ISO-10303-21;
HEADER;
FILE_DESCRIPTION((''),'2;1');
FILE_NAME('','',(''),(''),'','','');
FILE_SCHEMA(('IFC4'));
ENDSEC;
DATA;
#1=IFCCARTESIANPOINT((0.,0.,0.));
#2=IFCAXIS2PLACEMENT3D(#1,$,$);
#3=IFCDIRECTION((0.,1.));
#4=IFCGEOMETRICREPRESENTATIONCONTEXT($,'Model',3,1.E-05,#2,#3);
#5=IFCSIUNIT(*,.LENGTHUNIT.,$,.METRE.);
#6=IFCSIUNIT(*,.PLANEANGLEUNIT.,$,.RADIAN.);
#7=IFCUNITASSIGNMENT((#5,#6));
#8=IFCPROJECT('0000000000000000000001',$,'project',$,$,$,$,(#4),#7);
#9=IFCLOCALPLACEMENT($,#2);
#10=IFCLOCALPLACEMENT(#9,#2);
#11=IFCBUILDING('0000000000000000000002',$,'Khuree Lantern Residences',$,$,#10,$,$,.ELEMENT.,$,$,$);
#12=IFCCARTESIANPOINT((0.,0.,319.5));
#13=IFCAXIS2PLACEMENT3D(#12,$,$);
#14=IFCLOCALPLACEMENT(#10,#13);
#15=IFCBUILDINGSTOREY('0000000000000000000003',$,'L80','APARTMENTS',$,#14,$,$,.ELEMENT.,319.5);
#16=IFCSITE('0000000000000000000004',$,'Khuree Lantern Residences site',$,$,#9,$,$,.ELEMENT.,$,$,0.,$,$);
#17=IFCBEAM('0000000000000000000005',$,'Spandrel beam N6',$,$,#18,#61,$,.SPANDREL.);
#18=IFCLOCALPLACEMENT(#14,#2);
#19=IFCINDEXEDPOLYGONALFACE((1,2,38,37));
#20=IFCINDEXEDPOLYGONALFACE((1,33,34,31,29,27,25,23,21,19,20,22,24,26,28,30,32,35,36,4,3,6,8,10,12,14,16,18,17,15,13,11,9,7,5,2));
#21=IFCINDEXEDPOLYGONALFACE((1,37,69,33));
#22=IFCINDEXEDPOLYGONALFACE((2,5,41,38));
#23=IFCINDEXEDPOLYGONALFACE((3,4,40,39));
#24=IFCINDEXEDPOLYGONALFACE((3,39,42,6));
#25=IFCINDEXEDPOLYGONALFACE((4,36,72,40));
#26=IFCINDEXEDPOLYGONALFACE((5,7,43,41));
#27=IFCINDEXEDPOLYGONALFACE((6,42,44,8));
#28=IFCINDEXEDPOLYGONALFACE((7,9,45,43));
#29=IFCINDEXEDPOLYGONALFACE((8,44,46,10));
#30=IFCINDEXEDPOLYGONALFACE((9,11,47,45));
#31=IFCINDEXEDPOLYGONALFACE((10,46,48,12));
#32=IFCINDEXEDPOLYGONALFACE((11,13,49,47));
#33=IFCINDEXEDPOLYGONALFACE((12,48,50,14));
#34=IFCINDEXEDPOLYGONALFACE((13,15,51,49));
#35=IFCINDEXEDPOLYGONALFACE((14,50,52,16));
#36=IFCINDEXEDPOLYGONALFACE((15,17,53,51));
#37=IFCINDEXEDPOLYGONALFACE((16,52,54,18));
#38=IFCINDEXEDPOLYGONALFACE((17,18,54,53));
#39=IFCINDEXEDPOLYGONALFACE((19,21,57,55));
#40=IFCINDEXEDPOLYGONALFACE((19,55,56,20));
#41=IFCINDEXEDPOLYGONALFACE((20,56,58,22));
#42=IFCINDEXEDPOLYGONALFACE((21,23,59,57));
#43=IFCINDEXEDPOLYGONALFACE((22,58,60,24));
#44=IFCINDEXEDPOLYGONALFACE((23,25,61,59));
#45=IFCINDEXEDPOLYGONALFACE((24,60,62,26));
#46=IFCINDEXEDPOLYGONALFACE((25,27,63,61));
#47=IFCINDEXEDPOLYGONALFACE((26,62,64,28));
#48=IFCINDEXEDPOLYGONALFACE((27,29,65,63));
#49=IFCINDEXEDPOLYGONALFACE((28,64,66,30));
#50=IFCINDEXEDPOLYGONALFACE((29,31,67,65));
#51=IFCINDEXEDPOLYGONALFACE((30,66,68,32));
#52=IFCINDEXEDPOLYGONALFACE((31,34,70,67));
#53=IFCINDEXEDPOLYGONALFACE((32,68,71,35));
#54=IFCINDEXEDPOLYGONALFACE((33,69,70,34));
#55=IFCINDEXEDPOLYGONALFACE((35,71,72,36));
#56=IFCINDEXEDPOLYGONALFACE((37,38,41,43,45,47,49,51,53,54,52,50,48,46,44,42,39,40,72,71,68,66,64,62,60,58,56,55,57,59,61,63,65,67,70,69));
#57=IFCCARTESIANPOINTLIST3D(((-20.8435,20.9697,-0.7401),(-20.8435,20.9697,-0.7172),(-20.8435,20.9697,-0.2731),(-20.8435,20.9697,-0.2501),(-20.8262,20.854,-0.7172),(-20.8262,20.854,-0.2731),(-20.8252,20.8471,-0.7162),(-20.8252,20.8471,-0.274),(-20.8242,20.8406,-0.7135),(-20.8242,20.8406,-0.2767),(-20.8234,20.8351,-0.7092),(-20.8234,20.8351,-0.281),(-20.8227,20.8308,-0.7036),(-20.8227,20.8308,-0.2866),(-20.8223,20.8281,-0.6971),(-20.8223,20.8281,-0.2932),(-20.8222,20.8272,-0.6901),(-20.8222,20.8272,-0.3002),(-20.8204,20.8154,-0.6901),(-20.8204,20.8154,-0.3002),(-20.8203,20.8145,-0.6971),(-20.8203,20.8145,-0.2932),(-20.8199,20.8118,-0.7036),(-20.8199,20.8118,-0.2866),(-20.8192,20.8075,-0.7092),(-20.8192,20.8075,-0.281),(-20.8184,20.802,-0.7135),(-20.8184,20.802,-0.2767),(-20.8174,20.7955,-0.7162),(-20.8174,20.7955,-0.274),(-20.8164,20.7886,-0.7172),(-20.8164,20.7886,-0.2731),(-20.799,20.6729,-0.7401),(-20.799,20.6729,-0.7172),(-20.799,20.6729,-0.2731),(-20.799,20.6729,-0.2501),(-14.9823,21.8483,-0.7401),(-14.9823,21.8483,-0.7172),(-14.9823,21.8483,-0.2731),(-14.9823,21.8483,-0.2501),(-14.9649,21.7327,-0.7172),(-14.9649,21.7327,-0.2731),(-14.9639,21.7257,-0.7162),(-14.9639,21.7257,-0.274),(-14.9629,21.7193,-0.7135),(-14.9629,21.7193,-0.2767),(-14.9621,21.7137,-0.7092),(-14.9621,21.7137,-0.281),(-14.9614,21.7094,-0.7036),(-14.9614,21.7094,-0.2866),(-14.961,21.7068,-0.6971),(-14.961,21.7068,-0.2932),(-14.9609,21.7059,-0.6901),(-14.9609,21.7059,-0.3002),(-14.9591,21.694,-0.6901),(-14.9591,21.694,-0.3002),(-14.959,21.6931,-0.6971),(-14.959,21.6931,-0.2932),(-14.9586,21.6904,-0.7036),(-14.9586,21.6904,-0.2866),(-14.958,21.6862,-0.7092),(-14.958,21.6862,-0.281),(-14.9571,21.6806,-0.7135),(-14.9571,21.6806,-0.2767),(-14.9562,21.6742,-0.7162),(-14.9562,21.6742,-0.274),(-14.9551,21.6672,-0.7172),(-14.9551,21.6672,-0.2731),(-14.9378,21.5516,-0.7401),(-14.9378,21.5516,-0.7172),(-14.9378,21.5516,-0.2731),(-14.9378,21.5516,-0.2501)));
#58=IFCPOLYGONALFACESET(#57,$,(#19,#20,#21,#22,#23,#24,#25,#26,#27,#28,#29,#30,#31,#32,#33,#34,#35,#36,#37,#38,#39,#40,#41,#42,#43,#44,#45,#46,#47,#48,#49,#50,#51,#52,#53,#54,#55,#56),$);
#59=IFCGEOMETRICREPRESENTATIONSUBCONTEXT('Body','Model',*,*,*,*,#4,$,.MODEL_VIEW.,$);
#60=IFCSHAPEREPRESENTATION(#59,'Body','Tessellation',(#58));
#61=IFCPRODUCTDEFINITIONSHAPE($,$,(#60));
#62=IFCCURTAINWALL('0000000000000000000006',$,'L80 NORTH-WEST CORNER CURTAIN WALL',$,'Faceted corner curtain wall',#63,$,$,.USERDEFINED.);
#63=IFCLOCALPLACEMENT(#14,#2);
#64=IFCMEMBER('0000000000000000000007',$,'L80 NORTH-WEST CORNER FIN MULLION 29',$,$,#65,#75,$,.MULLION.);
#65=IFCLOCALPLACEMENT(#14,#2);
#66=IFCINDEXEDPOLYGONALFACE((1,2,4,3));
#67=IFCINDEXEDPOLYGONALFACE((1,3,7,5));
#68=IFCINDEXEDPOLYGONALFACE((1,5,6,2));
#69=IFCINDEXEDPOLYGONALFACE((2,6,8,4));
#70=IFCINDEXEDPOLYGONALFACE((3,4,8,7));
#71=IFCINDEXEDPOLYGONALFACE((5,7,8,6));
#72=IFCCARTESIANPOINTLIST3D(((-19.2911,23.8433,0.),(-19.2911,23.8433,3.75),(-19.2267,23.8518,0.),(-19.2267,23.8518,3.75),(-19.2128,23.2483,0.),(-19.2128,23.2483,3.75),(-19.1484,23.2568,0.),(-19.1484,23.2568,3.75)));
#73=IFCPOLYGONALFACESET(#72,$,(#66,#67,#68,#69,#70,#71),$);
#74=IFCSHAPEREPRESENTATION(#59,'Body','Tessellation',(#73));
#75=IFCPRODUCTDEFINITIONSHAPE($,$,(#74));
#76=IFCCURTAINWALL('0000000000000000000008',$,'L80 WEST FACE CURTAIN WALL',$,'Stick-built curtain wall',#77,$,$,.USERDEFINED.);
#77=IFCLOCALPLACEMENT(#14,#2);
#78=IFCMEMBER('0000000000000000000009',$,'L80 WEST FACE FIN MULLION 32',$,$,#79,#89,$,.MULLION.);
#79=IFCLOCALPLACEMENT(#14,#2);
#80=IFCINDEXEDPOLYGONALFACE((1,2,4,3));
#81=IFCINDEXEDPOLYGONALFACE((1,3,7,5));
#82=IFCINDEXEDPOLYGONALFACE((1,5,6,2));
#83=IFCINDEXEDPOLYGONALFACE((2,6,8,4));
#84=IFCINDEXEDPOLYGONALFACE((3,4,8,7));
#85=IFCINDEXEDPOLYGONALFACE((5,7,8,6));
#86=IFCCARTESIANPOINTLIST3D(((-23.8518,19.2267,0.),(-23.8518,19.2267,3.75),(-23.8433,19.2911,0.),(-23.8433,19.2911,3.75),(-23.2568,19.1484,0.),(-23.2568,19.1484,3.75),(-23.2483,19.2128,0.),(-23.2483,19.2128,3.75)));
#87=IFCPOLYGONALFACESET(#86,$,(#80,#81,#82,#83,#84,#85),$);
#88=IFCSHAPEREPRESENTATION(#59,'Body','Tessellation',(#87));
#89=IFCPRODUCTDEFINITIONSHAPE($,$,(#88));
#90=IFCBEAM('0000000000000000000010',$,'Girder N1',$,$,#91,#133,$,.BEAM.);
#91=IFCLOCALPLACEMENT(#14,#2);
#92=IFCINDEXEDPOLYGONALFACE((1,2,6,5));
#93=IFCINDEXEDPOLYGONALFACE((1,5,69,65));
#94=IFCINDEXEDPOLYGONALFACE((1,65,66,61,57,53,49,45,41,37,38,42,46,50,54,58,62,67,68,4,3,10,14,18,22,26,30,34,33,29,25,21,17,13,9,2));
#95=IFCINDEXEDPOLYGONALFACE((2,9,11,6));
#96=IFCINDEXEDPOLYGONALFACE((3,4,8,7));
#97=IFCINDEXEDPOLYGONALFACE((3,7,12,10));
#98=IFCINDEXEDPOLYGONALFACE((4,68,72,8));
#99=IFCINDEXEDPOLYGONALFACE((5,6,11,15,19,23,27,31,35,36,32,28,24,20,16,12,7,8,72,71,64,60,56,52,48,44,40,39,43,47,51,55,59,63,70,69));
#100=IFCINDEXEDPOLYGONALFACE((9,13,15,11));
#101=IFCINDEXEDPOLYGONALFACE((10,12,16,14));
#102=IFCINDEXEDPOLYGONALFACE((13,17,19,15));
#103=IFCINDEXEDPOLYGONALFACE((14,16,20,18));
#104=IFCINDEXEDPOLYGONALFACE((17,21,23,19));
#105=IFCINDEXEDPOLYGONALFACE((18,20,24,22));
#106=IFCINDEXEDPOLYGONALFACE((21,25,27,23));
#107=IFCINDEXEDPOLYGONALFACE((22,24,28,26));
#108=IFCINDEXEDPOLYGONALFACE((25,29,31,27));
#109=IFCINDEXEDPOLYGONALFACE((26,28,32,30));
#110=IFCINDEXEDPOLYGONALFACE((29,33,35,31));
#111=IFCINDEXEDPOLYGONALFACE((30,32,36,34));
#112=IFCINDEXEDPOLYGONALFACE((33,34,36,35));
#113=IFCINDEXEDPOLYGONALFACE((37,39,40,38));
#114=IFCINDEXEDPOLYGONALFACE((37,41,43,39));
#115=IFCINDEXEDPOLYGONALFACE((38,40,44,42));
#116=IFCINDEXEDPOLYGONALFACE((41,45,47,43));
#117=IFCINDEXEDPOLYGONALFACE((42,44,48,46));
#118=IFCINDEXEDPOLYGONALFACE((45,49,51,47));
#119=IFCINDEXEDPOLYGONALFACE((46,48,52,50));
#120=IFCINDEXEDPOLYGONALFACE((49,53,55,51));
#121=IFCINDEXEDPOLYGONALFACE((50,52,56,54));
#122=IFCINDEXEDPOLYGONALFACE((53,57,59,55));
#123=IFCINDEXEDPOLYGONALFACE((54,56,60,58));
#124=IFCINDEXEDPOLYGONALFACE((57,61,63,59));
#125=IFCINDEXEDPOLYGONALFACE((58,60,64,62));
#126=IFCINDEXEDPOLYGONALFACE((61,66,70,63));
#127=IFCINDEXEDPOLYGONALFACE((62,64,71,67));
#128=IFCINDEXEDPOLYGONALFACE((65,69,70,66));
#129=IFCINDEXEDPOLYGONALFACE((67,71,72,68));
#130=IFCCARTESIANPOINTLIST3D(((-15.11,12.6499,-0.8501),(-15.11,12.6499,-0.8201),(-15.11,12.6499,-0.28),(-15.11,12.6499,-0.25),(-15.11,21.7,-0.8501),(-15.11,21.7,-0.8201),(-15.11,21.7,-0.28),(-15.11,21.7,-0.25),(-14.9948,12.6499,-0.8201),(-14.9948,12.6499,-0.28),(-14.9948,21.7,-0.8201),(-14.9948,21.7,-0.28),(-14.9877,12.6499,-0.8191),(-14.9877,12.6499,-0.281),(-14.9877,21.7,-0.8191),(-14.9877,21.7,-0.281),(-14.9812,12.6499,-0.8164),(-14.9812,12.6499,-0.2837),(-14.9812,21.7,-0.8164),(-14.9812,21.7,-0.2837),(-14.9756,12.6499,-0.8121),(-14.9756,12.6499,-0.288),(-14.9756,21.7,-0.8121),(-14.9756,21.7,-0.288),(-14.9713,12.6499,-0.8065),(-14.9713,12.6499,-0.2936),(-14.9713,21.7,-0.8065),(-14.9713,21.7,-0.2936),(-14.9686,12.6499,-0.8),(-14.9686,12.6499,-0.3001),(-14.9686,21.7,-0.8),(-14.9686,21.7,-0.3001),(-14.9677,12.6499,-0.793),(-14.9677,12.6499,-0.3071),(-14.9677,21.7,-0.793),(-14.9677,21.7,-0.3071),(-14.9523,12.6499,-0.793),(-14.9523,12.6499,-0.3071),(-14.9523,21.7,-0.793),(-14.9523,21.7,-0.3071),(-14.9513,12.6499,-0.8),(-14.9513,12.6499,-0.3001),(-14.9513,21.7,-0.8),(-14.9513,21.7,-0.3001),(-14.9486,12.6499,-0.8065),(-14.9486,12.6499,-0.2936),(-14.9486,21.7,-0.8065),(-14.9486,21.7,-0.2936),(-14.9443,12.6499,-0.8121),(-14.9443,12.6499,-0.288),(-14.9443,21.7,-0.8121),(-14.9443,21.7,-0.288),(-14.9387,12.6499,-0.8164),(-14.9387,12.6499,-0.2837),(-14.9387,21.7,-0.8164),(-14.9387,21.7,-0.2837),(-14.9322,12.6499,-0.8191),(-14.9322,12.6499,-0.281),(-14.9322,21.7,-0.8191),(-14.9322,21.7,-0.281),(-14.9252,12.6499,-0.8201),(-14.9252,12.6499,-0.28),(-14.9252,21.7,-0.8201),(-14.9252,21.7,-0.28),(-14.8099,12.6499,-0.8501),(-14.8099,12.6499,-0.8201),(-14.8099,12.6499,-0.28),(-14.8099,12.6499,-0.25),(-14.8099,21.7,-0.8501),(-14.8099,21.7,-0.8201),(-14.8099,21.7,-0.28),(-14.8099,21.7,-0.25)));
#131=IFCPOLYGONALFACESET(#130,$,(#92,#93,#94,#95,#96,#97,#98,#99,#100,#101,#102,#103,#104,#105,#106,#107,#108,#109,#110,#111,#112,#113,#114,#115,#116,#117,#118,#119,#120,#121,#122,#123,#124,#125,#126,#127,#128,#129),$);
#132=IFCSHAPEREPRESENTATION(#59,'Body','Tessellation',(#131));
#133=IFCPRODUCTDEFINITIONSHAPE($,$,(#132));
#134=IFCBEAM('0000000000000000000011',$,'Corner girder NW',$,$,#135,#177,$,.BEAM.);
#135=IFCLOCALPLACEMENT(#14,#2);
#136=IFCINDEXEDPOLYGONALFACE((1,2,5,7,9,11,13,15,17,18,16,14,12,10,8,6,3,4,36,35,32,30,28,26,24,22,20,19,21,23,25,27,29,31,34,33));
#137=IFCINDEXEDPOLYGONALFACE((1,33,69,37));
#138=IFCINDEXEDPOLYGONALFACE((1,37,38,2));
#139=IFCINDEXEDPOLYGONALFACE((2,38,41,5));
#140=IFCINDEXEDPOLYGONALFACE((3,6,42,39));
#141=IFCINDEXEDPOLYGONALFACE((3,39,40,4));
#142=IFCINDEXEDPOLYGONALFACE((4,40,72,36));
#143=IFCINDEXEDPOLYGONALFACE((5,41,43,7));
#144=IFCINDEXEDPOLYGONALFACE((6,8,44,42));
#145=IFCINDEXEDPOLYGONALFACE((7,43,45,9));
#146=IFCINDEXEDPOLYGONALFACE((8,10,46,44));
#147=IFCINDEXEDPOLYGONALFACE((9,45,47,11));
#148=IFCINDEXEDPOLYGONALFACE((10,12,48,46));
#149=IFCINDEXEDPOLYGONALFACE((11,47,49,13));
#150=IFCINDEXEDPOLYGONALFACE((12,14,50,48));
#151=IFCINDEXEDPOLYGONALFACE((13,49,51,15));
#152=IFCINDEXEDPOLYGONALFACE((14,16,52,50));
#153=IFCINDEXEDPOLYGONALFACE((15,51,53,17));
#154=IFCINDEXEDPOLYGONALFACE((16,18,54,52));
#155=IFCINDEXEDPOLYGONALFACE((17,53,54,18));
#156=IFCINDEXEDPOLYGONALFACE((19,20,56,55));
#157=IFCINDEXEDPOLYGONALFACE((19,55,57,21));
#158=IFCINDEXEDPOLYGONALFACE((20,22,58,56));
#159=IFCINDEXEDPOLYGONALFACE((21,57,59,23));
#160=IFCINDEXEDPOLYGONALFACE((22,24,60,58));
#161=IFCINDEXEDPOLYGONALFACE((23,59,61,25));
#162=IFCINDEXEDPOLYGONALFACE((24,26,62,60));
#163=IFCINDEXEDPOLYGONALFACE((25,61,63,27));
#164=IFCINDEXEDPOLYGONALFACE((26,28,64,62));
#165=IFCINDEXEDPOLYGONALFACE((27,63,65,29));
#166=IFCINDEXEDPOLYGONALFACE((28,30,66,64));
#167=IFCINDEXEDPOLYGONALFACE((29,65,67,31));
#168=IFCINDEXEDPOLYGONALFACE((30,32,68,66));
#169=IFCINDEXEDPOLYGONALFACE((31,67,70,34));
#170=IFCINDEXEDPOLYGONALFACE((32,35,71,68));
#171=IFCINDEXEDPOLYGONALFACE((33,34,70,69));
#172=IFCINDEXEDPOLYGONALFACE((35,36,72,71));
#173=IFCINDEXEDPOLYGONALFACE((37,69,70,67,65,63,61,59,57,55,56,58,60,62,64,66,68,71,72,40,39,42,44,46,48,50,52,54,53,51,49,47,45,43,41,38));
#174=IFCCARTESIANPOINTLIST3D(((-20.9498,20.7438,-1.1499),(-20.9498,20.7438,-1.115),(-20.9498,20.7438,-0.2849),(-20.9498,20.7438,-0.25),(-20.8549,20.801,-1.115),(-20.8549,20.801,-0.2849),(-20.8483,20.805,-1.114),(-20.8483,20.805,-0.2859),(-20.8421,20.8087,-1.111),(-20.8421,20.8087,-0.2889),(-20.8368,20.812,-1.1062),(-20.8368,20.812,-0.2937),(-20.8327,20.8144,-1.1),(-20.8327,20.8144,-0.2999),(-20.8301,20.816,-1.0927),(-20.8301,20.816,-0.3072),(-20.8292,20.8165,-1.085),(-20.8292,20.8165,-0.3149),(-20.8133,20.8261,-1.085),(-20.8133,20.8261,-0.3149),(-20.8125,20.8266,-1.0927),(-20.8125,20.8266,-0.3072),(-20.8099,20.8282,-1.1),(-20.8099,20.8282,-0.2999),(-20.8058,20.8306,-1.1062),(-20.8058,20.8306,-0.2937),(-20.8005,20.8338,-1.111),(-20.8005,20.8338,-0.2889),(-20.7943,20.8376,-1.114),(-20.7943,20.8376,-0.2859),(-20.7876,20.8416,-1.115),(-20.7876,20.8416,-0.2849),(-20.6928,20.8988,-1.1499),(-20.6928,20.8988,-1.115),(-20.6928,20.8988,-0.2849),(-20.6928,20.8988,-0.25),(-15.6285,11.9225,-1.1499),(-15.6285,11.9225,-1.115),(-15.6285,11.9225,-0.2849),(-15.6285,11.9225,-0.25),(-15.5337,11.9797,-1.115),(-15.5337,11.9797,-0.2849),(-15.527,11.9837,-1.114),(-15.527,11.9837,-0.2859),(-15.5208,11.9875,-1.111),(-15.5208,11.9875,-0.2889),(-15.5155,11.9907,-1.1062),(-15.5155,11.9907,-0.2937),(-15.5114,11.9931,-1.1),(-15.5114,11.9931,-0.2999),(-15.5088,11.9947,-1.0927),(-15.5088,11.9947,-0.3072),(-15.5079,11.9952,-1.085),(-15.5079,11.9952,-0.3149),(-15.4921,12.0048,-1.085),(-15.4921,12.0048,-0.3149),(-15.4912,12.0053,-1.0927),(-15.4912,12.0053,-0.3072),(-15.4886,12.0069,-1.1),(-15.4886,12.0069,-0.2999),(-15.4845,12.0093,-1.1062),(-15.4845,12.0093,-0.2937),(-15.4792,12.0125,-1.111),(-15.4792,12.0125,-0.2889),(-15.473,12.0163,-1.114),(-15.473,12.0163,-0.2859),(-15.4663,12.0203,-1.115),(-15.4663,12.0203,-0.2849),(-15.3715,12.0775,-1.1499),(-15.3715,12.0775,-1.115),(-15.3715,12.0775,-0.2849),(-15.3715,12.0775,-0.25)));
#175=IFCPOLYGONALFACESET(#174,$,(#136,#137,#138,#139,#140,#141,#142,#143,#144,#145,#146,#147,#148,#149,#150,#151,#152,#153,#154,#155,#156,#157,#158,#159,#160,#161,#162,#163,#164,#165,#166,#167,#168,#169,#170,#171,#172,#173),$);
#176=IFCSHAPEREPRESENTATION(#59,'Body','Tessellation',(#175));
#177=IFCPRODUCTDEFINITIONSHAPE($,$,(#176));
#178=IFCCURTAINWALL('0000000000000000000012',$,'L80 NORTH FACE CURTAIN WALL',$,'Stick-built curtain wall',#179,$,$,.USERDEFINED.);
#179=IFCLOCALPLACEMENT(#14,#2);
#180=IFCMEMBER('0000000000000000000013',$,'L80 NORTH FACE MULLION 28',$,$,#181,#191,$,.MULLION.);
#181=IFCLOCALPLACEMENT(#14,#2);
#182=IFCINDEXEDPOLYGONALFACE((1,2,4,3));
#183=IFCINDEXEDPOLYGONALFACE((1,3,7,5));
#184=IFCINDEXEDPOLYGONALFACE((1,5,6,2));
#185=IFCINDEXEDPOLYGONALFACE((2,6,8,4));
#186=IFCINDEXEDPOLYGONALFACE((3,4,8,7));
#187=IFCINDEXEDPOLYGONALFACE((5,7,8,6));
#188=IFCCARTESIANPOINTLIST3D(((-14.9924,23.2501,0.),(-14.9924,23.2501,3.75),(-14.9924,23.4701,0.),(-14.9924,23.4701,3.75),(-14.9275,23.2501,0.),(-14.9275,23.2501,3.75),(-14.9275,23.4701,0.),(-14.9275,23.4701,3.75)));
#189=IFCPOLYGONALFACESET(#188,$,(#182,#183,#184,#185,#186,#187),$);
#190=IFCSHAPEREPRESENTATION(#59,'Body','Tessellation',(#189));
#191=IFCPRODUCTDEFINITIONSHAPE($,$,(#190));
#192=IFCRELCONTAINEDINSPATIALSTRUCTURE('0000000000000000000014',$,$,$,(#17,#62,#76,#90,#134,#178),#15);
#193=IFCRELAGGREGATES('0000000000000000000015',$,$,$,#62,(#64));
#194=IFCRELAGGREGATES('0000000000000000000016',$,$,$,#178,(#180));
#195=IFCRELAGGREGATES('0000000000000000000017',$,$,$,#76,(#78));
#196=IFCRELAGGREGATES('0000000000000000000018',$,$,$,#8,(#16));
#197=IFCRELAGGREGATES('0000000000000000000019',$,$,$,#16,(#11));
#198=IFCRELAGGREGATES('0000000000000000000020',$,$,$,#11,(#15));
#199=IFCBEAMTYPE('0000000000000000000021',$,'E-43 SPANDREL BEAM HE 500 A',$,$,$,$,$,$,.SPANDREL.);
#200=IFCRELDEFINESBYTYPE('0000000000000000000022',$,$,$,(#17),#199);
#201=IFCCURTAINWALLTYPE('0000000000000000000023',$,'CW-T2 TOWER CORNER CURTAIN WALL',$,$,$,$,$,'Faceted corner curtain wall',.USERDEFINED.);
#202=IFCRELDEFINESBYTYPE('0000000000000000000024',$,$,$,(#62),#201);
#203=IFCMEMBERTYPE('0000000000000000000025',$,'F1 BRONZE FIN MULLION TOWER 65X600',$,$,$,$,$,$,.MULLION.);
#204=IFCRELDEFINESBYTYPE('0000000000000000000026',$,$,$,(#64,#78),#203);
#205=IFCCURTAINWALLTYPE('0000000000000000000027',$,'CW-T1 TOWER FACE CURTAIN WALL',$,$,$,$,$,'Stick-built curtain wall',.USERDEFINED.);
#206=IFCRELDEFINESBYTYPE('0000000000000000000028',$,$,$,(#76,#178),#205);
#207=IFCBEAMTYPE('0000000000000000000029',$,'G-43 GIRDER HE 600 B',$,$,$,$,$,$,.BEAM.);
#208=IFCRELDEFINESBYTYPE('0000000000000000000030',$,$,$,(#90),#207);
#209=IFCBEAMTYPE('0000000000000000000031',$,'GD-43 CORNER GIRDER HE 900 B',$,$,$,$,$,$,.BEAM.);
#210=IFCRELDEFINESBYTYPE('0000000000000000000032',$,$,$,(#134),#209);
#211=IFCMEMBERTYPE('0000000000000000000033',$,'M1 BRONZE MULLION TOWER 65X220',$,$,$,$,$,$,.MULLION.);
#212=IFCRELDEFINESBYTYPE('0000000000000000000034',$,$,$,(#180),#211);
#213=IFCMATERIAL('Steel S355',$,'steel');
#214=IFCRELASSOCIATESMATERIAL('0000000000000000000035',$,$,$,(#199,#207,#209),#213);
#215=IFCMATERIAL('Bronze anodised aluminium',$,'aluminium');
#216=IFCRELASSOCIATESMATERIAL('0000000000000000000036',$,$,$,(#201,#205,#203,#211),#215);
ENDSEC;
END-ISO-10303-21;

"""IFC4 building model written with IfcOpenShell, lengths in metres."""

from ifc_helpers import new_model, si_unit, direction, frame, origin, origin_2d, place, context, subcontext, project, spatial, rectangle, i_section, extrude, material, material_profile, profile_set, type_object, element, aggregate, save


model = new_model("IFC4")

# Units and contexts
model_context = context("Model", 3, precision=1e-05, world=origin(), true_north=direction((0.0, 1.0)))
body_context = subcontext(model_context, "Body", "Model", "MODEL_VIEW")
ifc_project = project(units=[si_unit("LENGTHUNIT", "METRE"), si_unit("PLANEANGLEUNIT", "RADIAN")], contexts=[model_context])

# Site, building, storey
site_placement = place(None, origin())
site = spatial("IfcSite", under=ifc_project, at=site_placement, Name="Khuree Lantern Residences site", CompositionType="ELEMENT", RefElevation=0.0)
building_placement = place(site_placement, origin())
building = spatial("IfcBuilding", under=site, at=building_placement, Name="Khuree Lantern Residences", CompositionType="ELEMENT")
storey_placement = place(building_placement, frame((0.0, 0.0, 319.5)))
storey = spatial("IfcBuildingStorey", under=building, at=storey_placement, Name="L80", Description="APARTMENTS", CompositionType="ELEMENT", Elevation=319.5)

# Beam
ifc_material_1 = material(Name="Steel S355", Category="steel")
ifc_material_profile_1 = material_profile(ifc_material_1, i_section(OverallWidth=0.3, OverallDepth=0.49, WebThickness=0.012, FlangeThickness=0.0229, FilletRadius=0.0271, at=origin_2d()), Name="HE 500 A")
ifc_profile_set_1 = profile_set([ifc_material_profile_1], Name="Steel S355")
beam_type_1 = type_object("IfcBeamType", Name="E-43 SPANDREL BEAM HE 500 A", PredefinedType="SPANDREL", material=ifc_profile_set_1)
beam_1_placement = place(storey_placement, frame((-20.8213, 20.8213, -0.4951), z_axis=(0.98895, 0.148252, 0.0), x_axis=(-0.148252, 0.98895, 0.0)))
element("IfcBeam", 1, at=beam_1_placement, inside=storey, type_object=beam_type_1, Name="Spandrel beam N6", PredefinedType="SPANDREL", context=body_context, shape_type="SweptSolid", body=[
    extrude(i_section(OverallWidth=0.3, OverallDepth=0.49, WebThickness=0.012, FlangeThickness=0.0229, FilletRadius=0.0271, at=origin_2d()), origin(), (0.0, 0.0, 1.0), 5.9268),
])

# Curtain walls, members
ifc_material_2 = material(Name="Bronze anodised aluminium", Category="aluminium")
curtain_wall_type_1 = type_object("IfcCurtainWallType", Name="CW-T2 TOWER CORNER CURTAIN WALL", ElementType="Faceted corner curtain wall", PredefinedType="USERDEFINED", material=ifc_material_2)
curtain_wall_1_placement = place(storey_placement, origin())
curtain_wall_1 = element("IfcCurtainWall", 2, at=curtain_wall_1_placement, inside=storey, type_object=curtain_wall_type_1, Name="L80 NORTH-WEST CORNER CURTAIN WALL", ObjectType="Faceted corner curtain wall", PredefinedType="USERDEFINED")
ifc_material_profile_2 = material_profile(ifc_material_2, rectangle(XDim=0.0649, YDim=0.6001, at=origin_2d()), Name="F1 65X600")
ifc_profile_set_2 = profile_set([ifc_material_profile_2], Name="Bronze anodised aluminium")
member_type_1 = type_object("IfcMemberType", Name="F1 BRONZE FIN MULLION TOWER 65X600", PredefinedType="MULLION", material=ifc_profile_set_2)
member_1_placement = place(storey_placement, frame((-19.2197, 23.55, 0.0), z_axis=(0.0, 0.0, 1.0), x_axis=(-0.991445, -0.130526, 0.0)))
member_1 = element("IfcMember", 3, at=member_1_placement, type_object=member_type_1, Name="L80 NORTH-WEST CORNER FIN MULLION 29", PredefinedType="MULLION", context=body_context, shape_type="SweptSolid", body=[
    extrude(rectangle(XDim=0.0649, YDim=0.6001, at=origin_2d()), origin(), (0.0, 0.0, 1.0), 3.75),
])
curtain_wall_type_2 = type_object("IfcCurtainWallType", Name="CW-T1 TOWER FACE CURTAIN WALL", ElementType="Stick-built curtain wall", PredefinedType="USERDEFINED", material=ifc_material_2)
curtain_wall_2_placement = place(storey_placement, origin())
curtain_wall_2 = element("IfcCurtainWall", 4, at=curtain_wall_2_placement, inside=storey, type_object=curtain_wall_type_2, Name="L80 WEST FACE CURTAIN WALL", ObjectType="Stick-built curtain wall", PredefinedType="USERDEFINED")
member_2_placement = place(storey_placement, frame((-23.55, 19.2197, 0.0), z_axis=(0.0, 0.0, 1.0), x_axis=(-0.130526, -0.991445, 0.0)))
member_2 = element("IfcMember", 5, at=member_2_placement, type_object=member_type_1, Name="L80 WEST FACE FIN MULLION 32", PredefinedType="MULLION", context=body_context, shape_type="SweptSolid", body=[
    extrude(rectangle(XDim=0.0649, YDim=0.6001, at=origin_2d()), origin(), (0.0, 0.0, 1.0), 3.75),
])

# Beams
ifc_material_profile_3 = material_profile(ifc_material_1, i_section(OverallWidth=0.3, OverallDepth=0.6001, WebThickness=0.0154, FlangeThickness=0.03, FilletRadius=0.0271, at=origin_2d()), Name="HE 600 B")
ifc_profile_set_3 = profile_set([ifc_material_profile_3], Name="Steel S355")
beam_type_2 = type_object("IfcBeamType", Name="G-43 GIRDER HE 600 B", PredefinedType="BEAM", material=ifc_profile_set_3)
beam_2_placement = place(storey_placement, frame((-14.96, 21.7, -0.55), z_axis=(0.0, -1.0, 0.0), x_axis=(1.0, 0.0, 0.0)))
element("IfcBeam", 6, at=beam_2_placement, inside=storey, type_object=beam_type_2, Name="Girder N1", PredefinedType="BEAM", context=body_context, shape_type="SweptSolid", body=[
    extrude(i_section(OverallWidth=0.3, OverallDepth=0.6001, WebThickness=0.0154, FlangeThickness=0.03, FilletRadius=0.0271, at=origin_2d()), origin(), (0.0, 0.0, 1.0), 9.05),
])
ifc_material_profile_4 = material_profile(ifc_material_1, i_section(OverallWidth=0.3, OverallDepth=0.8999, WebThickness=0.0186, FlangeThickness=0.0349, FilletRadius=0.03, at=origin_2d()), Name="HE 900 B")
ifc_profile_set_4 = profile_set([ifc_material_profile_4], Name="Steel S355")
beam_type_3 = type_object("IfcBeamType", Name="GD-43 CORNER GIRDER HE 900 B", PredefinedType="BEAM", material=ifc_profile_set_4)
beam_3_placement = place(storey_placement, frame((-20.8213, 20.8213, -0.7), z_axis=(0.51653, -0.856269, 0.0), x_axis=(0.856269, 0.51653, 0.0)))
element("IfcBeam", 7, at=beam_3_placement, inside=storey, type_object=beam_type_3, Name="Corner girder NW", PredefinedType="BEAM", context=body_context, shape_type="SweptSolid", body=[
    extrude(i_section(OverallWidth=0.3, OverallDepth=0.8999, WebThickness=0.0186, FlangeThickness=0.0349, FilletRadius=0.03, at=origin_2d()), origin(), (0.0, 0.0, 1.0), 10.302),
])

# Curtain wall, member
curtain_wall_3_placement = place(storey_placement, origin())
curtain_wall_3 = element("IfcCurtainWall", 8, at=curtain_wall_3_placement, inside=storey, type_object=curtain_wall_type_2, Name="L80 NORTH FACE CURTAIN WALL", ObjectType="Stick-built curtain wall", PredefinedType="USERDEFINED")
ifc_material_profile_5 = material_profile(ifc_material_2, rectangle(XDim=0.0649, YDim=0.22, at=origin_2d()), Name="M1 65X220")
ifc_profile_set_5 = profile_set([ifc_material_profile_5], Name="Bronze anodised aluminium")
member_type_2 = type_object("IfcMemberType", Name="M1 BRONZE MULLION TOWER 65X220", PredefinedType="MULLION", material=ifc_profile_set_5)
member_3_placement = place(storey_placement, frame((-14.96, 23.3601, 0.0), z_axis=(0.0, 0.0, 1.0), x_axis=(-1.0, 0.0, 0.0)))
member_3 = element("IfcMember", 9, at=member_3_placement, type_object=member_type_2, Name="L80 NORTH FACE MULLION 28", PredefinedType="MULLION", context=body_context, shape_type="SweptSolid", body=[
    extrude(rectangle(XDim=0.0649, YDim=0.22, at=origin_2d()), origin(), (0.0, 0.0, 1.0), 3.75),
])

aggregate(curtain_wall_1, [member_1])
aggregate(curtain_wall_3, [member_3])
aggregate(curtain_wall_2, [member_2])

save(model, "model.ifc")
